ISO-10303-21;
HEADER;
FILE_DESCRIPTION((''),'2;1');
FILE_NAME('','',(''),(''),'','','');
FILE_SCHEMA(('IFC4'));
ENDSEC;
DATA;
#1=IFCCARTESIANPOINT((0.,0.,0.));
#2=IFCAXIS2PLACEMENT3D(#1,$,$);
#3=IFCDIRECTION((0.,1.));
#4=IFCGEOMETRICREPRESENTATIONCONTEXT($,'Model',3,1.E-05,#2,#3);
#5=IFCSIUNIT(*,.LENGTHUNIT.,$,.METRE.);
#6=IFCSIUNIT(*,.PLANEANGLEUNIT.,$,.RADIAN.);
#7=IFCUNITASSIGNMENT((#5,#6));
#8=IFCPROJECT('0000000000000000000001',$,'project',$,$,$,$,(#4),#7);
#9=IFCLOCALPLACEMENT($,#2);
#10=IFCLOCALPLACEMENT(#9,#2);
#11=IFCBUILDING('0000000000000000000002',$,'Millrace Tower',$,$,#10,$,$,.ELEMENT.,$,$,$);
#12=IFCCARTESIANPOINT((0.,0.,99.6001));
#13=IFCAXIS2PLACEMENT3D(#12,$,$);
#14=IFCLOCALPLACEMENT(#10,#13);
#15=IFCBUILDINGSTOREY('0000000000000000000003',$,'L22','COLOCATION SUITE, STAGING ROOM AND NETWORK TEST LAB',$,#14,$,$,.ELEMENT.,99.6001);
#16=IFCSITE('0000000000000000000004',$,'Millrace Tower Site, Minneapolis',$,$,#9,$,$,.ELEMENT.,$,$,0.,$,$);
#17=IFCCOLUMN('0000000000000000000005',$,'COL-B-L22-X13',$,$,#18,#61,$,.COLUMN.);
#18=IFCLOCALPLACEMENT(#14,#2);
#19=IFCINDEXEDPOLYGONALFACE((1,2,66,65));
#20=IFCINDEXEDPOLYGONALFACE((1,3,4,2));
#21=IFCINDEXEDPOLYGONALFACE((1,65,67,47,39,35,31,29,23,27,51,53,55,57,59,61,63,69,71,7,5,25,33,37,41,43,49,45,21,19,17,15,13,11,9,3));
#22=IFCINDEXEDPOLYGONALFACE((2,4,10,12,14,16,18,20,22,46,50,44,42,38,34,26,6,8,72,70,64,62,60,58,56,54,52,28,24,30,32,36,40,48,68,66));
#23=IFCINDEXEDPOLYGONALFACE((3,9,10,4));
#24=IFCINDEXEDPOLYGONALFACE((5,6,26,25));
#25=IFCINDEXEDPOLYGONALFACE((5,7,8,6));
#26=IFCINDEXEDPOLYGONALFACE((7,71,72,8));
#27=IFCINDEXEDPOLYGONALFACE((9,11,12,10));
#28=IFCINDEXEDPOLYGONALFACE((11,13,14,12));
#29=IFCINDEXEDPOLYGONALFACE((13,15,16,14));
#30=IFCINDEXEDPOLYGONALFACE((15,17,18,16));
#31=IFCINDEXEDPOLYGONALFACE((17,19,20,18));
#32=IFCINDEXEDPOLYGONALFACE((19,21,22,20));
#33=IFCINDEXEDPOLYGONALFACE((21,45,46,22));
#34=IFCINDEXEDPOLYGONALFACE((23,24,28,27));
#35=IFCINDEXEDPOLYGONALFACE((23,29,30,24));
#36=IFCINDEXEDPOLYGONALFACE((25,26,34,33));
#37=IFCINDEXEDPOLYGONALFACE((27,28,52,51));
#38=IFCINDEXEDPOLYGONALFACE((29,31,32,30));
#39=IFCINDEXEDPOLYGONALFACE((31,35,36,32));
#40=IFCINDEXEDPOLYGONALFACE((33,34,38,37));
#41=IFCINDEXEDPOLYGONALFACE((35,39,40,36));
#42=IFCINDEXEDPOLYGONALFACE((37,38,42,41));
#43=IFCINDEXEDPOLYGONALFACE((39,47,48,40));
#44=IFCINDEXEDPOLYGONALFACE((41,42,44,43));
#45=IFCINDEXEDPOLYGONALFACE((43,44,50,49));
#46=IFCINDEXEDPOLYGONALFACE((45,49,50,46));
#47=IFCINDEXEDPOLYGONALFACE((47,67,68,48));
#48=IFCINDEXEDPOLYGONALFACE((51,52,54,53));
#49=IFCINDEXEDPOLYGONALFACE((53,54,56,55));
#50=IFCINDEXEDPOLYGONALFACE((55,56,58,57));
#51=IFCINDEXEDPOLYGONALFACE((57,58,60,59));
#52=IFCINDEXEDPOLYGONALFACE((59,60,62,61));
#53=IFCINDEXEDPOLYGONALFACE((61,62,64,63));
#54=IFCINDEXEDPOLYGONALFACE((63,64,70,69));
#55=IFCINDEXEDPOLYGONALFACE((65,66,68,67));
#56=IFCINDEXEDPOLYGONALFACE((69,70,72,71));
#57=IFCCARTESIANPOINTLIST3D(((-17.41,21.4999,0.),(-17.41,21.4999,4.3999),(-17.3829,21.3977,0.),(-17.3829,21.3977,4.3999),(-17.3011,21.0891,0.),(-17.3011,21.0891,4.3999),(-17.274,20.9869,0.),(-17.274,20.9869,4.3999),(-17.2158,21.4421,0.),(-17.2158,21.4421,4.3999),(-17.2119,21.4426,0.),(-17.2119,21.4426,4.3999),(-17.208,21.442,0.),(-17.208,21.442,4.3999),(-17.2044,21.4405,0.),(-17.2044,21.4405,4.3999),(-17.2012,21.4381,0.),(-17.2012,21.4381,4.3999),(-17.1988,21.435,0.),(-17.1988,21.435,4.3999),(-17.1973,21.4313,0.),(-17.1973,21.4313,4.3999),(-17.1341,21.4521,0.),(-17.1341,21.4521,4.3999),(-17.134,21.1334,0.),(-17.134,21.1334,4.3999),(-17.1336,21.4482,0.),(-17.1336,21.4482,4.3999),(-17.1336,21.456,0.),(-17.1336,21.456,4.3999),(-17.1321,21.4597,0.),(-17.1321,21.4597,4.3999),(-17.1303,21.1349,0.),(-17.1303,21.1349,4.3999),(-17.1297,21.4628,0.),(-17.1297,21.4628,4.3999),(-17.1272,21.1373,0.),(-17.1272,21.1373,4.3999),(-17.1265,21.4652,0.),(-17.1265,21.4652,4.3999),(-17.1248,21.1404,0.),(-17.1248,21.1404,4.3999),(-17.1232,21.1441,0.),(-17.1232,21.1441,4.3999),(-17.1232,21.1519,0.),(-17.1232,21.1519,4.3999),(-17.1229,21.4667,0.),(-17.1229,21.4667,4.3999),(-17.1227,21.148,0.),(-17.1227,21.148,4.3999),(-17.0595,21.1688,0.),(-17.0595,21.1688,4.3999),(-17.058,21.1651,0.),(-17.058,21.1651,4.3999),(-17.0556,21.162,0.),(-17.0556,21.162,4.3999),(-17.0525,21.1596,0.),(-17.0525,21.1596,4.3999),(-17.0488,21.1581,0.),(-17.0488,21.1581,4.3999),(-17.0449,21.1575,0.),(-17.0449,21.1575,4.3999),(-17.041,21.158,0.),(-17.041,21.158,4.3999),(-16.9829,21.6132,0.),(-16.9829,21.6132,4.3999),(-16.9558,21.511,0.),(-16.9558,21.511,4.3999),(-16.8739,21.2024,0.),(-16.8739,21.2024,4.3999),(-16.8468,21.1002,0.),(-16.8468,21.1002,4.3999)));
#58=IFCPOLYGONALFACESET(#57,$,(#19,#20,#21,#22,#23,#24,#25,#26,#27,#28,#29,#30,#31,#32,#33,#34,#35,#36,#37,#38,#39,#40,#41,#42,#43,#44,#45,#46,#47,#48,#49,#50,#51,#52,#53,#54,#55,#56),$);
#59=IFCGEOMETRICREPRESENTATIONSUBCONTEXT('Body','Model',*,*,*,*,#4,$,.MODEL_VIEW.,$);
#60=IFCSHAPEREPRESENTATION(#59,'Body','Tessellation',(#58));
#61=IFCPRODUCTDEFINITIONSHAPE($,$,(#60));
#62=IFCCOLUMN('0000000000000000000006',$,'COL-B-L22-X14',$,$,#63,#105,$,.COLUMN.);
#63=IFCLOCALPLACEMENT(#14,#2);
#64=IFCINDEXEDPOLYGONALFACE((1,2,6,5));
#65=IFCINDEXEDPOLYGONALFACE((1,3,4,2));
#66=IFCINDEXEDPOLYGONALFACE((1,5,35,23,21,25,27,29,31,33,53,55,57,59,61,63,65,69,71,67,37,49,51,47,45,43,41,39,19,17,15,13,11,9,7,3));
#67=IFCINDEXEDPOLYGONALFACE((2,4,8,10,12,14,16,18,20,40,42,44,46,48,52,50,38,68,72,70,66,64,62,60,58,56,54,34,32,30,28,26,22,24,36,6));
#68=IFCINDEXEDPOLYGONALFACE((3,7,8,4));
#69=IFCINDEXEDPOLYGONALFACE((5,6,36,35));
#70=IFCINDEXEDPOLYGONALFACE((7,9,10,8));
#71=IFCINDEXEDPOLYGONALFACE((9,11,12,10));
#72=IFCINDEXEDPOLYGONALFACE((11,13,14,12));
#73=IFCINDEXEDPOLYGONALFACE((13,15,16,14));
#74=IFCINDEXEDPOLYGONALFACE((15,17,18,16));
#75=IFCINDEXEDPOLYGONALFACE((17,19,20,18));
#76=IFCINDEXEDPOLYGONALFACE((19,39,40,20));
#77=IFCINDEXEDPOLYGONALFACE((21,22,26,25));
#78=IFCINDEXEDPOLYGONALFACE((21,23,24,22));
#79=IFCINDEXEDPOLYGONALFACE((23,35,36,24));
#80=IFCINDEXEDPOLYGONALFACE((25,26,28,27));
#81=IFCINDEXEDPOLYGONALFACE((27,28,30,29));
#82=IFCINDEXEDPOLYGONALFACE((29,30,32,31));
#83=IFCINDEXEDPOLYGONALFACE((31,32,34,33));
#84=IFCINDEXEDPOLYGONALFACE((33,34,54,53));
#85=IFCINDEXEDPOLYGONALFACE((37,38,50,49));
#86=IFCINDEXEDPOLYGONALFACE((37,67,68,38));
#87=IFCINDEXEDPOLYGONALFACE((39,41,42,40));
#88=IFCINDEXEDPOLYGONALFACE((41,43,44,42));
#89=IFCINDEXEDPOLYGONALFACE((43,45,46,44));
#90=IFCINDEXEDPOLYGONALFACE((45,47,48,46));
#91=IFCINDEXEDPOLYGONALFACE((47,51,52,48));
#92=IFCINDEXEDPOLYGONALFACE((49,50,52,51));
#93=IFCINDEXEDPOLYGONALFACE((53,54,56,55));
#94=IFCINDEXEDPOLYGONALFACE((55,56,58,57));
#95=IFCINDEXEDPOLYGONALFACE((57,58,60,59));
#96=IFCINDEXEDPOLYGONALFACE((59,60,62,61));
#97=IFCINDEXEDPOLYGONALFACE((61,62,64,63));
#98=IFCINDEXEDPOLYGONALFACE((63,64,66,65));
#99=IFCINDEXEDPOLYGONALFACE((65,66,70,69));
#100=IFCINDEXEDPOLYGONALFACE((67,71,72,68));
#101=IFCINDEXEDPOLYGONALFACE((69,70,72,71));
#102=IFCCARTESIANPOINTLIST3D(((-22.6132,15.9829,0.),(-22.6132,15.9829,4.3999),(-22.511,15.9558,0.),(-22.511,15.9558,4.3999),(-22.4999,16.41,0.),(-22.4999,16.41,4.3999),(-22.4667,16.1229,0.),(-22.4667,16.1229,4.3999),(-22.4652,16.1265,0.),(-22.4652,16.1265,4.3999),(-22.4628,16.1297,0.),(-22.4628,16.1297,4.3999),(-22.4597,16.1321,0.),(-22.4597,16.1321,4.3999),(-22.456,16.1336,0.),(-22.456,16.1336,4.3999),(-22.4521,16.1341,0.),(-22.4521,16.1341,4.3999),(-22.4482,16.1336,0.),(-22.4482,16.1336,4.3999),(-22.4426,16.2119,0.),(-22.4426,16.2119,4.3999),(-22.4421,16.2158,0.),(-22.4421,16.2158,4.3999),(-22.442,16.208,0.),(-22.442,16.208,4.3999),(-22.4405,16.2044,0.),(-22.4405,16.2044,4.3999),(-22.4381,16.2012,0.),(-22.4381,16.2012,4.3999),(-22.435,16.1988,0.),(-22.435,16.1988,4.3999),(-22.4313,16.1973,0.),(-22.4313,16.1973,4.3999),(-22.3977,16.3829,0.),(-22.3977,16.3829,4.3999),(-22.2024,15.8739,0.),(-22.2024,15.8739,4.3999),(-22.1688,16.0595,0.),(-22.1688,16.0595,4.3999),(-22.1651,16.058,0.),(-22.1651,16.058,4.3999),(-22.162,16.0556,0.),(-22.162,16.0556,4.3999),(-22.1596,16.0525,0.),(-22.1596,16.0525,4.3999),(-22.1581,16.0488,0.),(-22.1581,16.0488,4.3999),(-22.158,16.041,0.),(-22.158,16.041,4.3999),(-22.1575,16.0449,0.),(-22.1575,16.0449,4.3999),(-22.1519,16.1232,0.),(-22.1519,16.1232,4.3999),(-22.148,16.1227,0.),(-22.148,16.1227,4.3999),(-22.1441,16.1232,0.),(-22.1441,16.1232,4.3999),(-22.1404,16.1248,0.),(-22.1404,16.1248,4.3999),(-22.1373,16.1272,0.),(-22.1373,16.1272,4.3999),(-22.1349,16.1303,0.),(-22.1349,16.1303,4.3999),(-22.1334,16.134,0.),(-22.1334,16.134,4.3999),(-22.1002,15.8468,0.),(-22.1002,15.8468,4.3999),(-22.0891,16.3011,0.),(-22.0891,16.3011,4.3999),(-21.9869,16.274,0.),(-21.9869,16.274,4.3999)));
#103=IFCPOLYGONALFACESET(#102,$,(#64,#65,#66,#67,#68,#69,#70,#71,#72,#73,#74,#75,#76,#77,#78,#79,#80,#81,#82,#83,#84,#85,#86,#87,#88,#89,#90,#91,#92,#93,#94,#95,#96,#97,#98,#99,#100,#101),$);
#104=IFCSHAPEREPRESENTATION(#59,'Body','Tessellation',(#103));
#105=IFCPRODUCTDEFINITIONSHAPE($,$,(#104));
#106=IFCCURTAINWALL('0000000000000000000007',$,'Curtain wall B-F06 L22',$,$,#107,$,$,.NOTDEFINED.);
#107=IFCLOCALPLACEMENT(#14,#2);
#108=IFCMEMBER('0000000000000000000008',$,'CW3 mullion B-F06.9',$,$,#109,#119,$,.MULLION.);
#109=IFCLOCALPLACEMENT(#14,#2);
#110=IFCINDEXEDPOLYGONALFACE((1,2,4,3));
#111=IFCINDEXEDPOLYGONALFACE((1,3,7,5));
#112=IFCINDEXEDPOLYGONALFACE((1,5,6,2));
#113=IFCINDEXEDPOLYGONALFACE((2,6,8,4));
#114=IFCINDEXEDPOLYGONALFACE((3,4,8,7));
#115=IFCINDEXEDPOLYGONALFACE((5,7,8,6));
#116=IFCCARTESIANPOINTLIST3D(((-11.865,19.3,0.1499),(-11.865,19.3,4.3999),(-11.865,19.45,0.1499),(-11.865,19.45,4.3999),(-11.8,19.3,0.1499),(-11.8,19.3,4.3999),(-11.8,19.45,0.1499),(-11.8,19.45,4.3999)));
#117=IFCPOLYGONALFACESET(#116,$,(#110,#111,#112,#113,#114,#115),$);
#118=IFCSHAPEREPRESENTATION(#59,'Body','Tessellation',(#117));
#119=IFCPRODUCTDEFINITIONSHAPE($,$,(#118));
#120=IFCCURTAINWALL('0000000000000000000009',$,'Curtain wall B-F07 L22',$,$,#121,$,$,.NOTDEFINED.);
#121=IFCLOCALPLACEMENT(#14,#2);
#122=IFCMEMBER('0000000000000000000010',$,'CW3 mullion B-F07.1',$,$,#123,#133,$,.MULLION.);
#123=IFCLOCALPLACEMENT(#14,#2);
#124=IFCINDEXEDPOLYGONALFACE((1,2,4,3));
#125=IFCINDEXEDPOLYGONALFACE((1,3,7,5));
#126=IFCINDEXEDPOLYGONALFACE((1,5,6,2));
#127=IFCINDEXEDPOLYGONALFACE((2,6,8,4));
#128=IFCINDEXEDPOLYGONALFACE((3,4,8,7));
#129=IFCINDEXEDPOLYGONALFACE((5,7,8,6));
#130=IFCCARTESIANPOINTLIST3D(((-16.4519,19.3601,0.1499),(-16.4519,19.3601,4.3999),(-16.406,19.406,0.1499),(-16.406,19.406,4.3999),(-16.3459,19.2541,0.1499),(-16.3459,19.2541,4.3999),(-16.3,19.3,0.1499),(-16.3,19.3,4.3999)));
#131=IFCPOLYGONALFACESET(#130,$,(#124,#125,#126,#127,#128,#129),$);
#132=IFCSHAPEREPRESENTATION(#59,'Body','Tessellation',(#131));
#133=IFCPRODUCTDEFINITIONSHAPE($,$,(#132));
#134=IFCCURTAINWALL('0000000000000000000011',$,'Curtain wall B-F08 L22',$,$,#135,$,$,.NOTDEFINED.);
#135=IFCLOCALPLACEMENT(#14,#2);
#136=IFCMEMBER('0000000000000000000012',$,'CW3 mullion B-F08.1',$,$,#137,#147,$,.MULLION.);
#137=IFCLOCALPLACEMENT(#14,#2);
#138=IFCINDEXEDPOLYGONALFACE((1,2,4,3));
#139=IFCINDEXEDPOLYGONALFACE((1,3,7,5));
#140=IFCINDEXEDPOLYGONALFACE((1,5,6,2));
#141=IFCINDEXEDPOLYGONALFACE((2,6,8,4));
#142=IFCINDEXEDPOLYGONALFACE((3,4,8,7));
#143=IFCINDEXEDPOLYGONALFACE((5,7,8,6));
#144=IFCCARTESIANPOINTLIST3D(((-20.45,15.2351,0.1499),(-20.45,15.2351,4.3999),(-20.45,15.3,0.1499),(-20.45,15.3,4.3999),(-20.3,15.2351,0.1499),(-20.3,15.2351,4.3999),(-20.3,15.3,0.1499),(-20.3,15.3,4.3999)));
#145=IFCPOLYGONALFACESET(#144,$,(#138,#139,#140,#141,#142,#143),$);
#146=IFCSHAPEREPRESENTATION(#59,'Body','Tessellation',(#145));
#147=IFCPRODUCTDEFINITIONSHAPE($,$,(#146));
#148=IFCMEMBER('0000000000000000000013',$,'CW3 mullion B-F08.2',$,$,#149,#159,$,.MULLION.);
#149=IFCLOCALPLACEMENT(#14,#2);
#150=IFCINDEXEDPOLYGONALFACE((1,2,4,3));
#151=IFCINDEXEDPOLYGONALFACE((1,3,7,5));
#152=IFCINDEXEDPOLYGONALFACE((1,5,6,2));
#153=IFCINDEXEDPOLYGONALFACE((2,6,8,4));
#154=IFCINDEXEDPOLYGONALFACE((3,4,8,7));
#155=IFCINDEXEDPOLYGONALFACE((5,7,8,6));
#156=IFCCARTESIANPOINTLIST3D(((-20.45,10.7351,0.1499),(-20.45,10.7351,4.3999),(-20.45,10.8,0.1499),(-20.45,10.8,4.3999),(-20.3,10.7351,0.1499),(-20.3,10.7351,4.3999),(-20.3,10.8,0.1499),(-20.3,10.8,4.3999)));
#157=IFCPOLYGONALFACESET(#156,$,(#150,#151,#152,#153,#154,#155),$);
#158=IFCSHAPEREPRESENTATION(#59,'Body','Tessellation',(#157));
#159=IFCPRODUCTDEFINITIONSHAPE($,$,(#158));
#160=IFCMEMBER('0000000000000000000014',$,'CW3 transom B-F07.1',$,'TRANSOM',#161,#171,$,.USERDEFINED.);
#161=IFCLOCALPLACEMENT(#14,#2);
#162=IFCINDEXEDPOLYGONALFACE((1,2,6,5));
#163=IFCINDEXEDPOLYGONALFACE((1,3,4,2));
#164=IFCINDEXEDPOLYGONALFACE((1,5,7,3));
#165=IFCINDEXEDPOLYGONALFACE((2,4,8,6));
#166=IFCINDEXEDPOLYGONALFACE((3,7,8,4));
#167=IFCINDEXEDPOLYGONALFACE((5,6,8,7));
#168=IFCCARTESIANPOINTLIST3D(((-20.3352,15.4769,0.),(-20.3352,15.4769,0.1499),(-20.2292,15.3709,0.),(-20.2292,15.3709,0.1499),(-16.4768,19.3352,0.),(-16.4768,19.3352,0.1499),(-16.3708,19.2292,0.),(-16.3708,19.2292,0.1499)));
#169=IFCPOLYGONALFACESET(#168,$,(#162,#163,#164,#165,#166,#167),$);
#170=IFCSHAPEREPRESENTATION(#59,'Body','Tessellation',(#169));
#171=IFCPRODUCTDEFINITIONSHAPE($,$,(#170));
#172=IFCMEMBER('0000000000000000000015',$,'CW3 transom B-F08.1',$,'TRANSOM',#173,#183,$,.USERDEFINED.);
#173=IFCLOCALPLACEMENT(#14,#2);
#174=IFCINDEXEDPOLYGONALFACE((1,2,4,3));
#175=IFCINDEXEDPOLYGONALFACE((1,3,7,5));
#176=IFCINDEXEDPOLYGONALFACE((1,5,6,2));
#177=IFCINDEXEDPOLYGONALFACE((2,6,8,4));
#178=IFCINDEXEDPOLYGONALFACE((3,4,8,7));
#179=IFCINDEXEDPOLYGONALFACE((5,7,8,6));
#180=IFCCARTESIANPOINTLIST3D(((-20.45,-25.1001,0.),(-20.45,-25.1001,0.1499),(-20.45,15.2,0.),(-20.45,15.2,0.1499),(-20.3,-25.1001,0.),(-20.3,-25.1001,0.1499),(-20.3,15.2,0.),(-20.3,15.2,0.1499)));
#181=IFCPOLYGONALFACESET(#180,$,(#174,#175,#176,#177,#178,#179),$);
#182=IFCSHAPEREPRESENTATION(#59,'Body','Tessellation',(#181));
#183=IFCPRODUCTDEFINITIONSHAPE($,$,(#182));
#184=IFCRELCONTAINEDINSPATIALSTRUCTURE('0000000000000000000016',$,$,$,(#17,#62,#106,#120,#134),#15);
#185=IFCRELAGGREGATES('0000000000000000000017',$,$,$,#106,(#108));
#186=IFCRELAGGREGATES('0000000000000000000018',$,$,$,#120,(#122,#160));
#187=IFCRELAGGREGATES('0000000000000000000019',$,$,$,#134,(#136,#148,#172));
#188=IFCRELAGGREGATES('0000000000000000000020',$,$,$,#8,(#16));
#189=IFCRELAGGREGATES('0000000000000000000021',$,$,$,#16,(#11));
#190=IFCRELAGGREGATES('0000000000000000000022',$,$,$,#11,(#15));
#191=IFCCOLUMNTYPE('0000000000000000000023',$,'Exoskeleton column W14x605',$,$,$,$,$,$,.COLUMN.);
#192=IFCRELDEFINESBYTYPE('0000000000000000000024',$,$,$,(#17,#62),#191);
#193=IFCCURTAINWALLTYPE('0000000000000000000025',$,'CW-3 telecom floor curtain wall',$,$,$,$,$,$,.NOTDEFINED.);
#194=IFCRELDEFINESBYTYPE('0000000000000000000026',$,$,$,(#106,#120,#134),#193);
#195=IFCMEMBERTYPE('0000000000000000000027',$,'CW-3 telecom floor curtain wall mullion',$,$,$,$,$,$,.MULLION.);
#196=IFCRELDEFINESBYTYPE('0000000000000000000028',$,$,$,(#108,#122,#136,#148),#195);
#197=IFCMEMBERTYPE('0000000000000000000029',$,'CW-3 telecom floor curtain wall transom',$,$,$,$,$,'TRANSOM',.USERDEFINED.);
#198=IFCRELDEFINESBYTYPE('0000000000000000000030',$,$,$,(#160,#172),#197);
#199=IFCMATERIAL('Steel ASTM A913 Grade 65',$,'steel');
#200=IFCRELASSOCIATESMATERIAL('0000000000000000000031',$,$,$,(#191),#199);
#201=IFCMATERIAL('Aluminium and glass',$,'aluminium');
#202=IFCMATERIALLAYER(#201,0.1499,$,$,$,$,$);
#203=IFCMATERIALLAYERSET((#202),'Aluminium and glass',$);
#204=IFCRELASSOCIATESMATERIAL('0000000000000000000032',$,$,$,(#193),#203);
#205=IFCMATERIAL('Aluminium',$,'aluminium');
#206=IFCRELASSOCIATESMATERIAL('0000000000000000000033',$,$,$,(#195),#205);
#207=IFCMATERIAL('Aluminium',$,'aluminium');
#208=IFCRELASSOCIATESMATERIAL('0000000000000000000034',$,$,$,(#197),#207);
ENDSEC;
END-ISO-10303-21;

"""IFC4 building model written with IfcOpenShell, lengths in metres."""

from ifc_helpers import new_model, si_unit, direction, frame, origin, origin_2d, place, context, subcontext, project, spatial, rectangle, i_section, extrude, material, layer, layer_set, material_profile, profile_set, type_object, element, aggregate, save


model = new_model("IFC4")

# Units and contexts
model_context = context("Model", 3, precision=1e-05, world=origin(), true_north=direction((0.0, 1.0)))
body_context = subcontext(model_context, "Body", "Model", "MODEL_VIEW")
ifc_project = project(units=[si_unit("LENGTHUNIT", "METRE"), si_unit("PLANEANGLEUNIT", "RADIAN")], contexts=[model_context])

# Site, building, storey
site_placement = place(None, origin())
site = spatial("IfcSite", under=ifc_project, at=site_placement, Name="Millrace Tower Site, Minneapolis", CompositionType="ELEMENT", RefElevation=0.0)
building_placement = place(site_placement, origin())
building = spatial("IfcBuilding", under=site, at=building_placement, Name="Millrace Tower", CompositionType="ELEMENT")
storey_placement = place(building_placement, frame((0.0, 0.0, 99.6001)))
storey = spatial("IfcBuildingStorey", under=building, at=storey_placement, Name="L22", Description="COLOCATION SUITE, STAGING ROOM AND NETWORK TEST LAB", CompositionType="ELEMENT", Elevation=99.6001)

# Columns
ifc_material_1 = material(Name="Steel ASTM A913 Grade 65", Category="steel")
ifc_material_profile_1 = material_profile(ifc_material_1, i_section(OverallWidth=0.4419, OverallDepth=0.5308, WebThickness=0.0659, FlangeThickness=0.1057, FilletRadius=0.0151, at=origin_2d()))
ifc_profile_set_1 = profile_set([ifc_material_profile_1], Name="Steel ASTM A913 Grade 65")
column_type = type_object("IfcColumnType", Name="Exoskeleton column W14x605", PredefinedType="COLUMN", material=ifc_profile_set_1)
for number, where, z_axis, x_axis, name in (
    (1, (-17.1284, 21.3, 0.0), (0.0, 0.0, 1.0), (-0.966585, -0.256347, 0.0), "COL-B-L22-X13"),
    (2, (-22.3, 16.1284, 0.0), (0.0, 0.0, 1.0), (-0.256347, -0.966585, 0.0), "COL-B-L22-X14"),
):
    element("IfcColumn", number, at=place(storey_placement, frame(where, z_axis=z_axis, x_axis=x_axis)), inside=storey, type_object=column_type, Name=name, PredefinedType="COLUMN", context=body_context, shape_type="SweptSolid", body=[
        extrude(i_section(OverallWidth=0.4419, OverallDepth=0.5308, WebThickness=0.0659, FlangeThickness=0.1057, FilletRadius=0.0151, at=origin_2d()), origin(), (0.0, 0.0, 1.0), 4.3999),
    ])

# Curtain walls, members
ifc_material_2 = material(Name="Aluminium and glass", Category="aluminium")
ifc_layer_1 = layer(ifc_material_2, 0.1499)
ifc_layer_set_1 = layer_set([ifc_layer_1], Name="Aluminium and glass")
curtain_wall_type = type_object("IfcCurtainWallType", Name="CW-3 telecom floor curtain wall", PredefinedType="NOTDEFINED", material=ifc_layer_set_1)
placement = place(storey_placement, origin())
curtain_wall_1 = element("IfcCurtainWall", 3, at=placement, inside=storey, type_object=curtain_wall_type, Name="Curtain wall B-F06 L22", PredefinedType="NOTDEFINED")
ifc_material_3 = material(Name="Aluminium", Category="aluminium")
ifc_material_profile_2 = material_profile(ifc_material_3, rectangle(XDim=0.0649, YDim=0.1499, at=origin_2d()))
ifc_profile_set_2 = profile_set([ifc_material_profile_2], Name="Aluminium")
member_type_1 = type_object("IfcMemberType", Name="CW-3 telecom floor curtain wall mullion", PredefinedType="MULLION", material=ifc_profile_set_2)
member_1_placement = place(storey_placement, frame((-11.8325, 19.375, 0.1499), z_axis=(0.0, 0.0, 1.0), x_axis=(-1.0, 0.0, 0.0)))
member_1 = element("IfcMember", 4, at=member_1_placement, type_object=member_type_1, Name="CW3 mullion B-F06.9", PredefinedType="MULLION", context=body_context, shape_type="SweptSolid", body=[
    extrude(rectangle(XDim=0.0649, YDim=0.1499, at=origin_2d()), origin(), (0.0, 0.0, 1.0), 4.25),
])
aggregate(curtain_wall_1, [member_1])
curtain_wall_2 = element("IfcCurtainWall", 5, at=placement, inside=storey, type_object=curtain_wall_type, Name="Curtain wall B-F07 L22", PredefinedType="NOTDEFINED")
member_2_placement = place(storey_placement, frame((-16.376, 19.3301, 0.1499), z_axis=(0.0, 0.0, 1.0), x_axis=(-0.707107, -0.707107, 0.0)))
member_2 = element("IfcMember", 6, at=member_2_placement, type_object=member_type_1, Name="CW3 mullion B-F07.1", PredefinedType="MULLION", context=body_context, shape_type="SweptSolid", body=[
    extrude(rectangle(XDim=0.0649, YDim=0.1499, at=origin_2d()), origin(), (0.0, 0.0, 1.0), 4.25),
])

# Curtain wall, members
curtain_wall_3 = element("IfcCurtainWall", 7, at=placement, inside=storey, type_object=curtain_wall_type, Name="Curtain wall B-F08 L22", PredefinedType="NOTDEFINED")
member_3_placement = place(storey_placement, frame((-20.375, 15.2676, 0.1499), z_axis=(0.0, 0.0, 1.0), x_axis=(0.0, -1.0, 0.0)))
member_3 = element("IfcMember", 8, at=member_3_placement, type_object=member_type_1, Name="CW3 mullion B-F08.1", PredefinedType="MULLION", context=body_context, shape_type="SweptSolid", body=[
    extrude(rectangle(XDim=0.0649, YDim=0.1499, at=origin_2d()), origin(), (0.0, 0.0, 1.0), 4.25),
])
member_4_placement = place(storey_placement, frame((-20.375, 10.7676, 0.1499), z_axis=(0.0, 0.0, 1.0), x_axis=(0.0, -1.0, 0.0)))
member_4 = element("IfcMember", 9, at=member_4_placement, type_object=member_type_1, Name="CW3 mullion B-F08.2", PredefinedType="MULLION", context=body_context, shape_type="SweptSolid", body=[
    extrude(rectangle(XDim=0.0649, YDim=0.1499, at=origin_2d()), origin(), (0.0, 0.0, 1.0), 4.25),
])

# Members
ifc_material_4 = material(Name="Aluminium", Category="aluminium")
ifc_material_profile_3 = material_profile(ifc_material_4, rectangle(XDim=0.1499, YDim=0.1499, at=origin_2d()))
ifc_profile_set_3 = profile_set([ifc_material_profile_3], Name="Aluminium")
member_type_2 = type_object("IfcMemberType", Name="CW-3 telecom floor curtain wall transom", ElementType="TRANSOM", PredefinedType="USERDEFINED", material=ifc_profile_set_3)
member_5_placement = place(storey_placement, frame((-16.4238, 19.2822, 0.075), z_axis=(-0.707107, -0.707107, 0.0), x_axis=(0.707107, -0.707107, 0.0)))
member_5 = element("IfcMember", 10, at=member_5_placement, type_object=member_type_2, Name="CW3 transom B-F07.1", ObjectType="TRANSOM", PredefinedType="USERDEFINED", context=body_context, shape_type="SweptSolid", body=[
    extrude(rectangle(XDim=0.1499, YDim=0.1499, at=origin_2d()), origin(), (0.0, 0.0, 1.0), 5.4565),
])
aggregate(curtain_wall_2, [member_2, member_5])
member_6_placement = place(storey_placement, frame((-20.375, 15.2, 0.075), z_axis=(0.0, -1.0, 0.0), x_axis=(1.0, 0.0, 0.0)))
member_6 = element("IfcMember", 11, at=member_6_placement, type_object=member_type_2, Name="CW3 transom B-F08.1", ObjectType="TRANSOM", PredefinedType="USERDEFINED", context=body_context, shape_type="SweptSolid", body=[
    extrude(rectangle(XDim=0.1499, YDim=0.1499, at=origin_2d()), origin(), (0.0, 0.0, 1.0), 40.3),
])
aggregate(curtain_wall_3, [member_3, member_4, member_6])

save(model, "model.ifc")
